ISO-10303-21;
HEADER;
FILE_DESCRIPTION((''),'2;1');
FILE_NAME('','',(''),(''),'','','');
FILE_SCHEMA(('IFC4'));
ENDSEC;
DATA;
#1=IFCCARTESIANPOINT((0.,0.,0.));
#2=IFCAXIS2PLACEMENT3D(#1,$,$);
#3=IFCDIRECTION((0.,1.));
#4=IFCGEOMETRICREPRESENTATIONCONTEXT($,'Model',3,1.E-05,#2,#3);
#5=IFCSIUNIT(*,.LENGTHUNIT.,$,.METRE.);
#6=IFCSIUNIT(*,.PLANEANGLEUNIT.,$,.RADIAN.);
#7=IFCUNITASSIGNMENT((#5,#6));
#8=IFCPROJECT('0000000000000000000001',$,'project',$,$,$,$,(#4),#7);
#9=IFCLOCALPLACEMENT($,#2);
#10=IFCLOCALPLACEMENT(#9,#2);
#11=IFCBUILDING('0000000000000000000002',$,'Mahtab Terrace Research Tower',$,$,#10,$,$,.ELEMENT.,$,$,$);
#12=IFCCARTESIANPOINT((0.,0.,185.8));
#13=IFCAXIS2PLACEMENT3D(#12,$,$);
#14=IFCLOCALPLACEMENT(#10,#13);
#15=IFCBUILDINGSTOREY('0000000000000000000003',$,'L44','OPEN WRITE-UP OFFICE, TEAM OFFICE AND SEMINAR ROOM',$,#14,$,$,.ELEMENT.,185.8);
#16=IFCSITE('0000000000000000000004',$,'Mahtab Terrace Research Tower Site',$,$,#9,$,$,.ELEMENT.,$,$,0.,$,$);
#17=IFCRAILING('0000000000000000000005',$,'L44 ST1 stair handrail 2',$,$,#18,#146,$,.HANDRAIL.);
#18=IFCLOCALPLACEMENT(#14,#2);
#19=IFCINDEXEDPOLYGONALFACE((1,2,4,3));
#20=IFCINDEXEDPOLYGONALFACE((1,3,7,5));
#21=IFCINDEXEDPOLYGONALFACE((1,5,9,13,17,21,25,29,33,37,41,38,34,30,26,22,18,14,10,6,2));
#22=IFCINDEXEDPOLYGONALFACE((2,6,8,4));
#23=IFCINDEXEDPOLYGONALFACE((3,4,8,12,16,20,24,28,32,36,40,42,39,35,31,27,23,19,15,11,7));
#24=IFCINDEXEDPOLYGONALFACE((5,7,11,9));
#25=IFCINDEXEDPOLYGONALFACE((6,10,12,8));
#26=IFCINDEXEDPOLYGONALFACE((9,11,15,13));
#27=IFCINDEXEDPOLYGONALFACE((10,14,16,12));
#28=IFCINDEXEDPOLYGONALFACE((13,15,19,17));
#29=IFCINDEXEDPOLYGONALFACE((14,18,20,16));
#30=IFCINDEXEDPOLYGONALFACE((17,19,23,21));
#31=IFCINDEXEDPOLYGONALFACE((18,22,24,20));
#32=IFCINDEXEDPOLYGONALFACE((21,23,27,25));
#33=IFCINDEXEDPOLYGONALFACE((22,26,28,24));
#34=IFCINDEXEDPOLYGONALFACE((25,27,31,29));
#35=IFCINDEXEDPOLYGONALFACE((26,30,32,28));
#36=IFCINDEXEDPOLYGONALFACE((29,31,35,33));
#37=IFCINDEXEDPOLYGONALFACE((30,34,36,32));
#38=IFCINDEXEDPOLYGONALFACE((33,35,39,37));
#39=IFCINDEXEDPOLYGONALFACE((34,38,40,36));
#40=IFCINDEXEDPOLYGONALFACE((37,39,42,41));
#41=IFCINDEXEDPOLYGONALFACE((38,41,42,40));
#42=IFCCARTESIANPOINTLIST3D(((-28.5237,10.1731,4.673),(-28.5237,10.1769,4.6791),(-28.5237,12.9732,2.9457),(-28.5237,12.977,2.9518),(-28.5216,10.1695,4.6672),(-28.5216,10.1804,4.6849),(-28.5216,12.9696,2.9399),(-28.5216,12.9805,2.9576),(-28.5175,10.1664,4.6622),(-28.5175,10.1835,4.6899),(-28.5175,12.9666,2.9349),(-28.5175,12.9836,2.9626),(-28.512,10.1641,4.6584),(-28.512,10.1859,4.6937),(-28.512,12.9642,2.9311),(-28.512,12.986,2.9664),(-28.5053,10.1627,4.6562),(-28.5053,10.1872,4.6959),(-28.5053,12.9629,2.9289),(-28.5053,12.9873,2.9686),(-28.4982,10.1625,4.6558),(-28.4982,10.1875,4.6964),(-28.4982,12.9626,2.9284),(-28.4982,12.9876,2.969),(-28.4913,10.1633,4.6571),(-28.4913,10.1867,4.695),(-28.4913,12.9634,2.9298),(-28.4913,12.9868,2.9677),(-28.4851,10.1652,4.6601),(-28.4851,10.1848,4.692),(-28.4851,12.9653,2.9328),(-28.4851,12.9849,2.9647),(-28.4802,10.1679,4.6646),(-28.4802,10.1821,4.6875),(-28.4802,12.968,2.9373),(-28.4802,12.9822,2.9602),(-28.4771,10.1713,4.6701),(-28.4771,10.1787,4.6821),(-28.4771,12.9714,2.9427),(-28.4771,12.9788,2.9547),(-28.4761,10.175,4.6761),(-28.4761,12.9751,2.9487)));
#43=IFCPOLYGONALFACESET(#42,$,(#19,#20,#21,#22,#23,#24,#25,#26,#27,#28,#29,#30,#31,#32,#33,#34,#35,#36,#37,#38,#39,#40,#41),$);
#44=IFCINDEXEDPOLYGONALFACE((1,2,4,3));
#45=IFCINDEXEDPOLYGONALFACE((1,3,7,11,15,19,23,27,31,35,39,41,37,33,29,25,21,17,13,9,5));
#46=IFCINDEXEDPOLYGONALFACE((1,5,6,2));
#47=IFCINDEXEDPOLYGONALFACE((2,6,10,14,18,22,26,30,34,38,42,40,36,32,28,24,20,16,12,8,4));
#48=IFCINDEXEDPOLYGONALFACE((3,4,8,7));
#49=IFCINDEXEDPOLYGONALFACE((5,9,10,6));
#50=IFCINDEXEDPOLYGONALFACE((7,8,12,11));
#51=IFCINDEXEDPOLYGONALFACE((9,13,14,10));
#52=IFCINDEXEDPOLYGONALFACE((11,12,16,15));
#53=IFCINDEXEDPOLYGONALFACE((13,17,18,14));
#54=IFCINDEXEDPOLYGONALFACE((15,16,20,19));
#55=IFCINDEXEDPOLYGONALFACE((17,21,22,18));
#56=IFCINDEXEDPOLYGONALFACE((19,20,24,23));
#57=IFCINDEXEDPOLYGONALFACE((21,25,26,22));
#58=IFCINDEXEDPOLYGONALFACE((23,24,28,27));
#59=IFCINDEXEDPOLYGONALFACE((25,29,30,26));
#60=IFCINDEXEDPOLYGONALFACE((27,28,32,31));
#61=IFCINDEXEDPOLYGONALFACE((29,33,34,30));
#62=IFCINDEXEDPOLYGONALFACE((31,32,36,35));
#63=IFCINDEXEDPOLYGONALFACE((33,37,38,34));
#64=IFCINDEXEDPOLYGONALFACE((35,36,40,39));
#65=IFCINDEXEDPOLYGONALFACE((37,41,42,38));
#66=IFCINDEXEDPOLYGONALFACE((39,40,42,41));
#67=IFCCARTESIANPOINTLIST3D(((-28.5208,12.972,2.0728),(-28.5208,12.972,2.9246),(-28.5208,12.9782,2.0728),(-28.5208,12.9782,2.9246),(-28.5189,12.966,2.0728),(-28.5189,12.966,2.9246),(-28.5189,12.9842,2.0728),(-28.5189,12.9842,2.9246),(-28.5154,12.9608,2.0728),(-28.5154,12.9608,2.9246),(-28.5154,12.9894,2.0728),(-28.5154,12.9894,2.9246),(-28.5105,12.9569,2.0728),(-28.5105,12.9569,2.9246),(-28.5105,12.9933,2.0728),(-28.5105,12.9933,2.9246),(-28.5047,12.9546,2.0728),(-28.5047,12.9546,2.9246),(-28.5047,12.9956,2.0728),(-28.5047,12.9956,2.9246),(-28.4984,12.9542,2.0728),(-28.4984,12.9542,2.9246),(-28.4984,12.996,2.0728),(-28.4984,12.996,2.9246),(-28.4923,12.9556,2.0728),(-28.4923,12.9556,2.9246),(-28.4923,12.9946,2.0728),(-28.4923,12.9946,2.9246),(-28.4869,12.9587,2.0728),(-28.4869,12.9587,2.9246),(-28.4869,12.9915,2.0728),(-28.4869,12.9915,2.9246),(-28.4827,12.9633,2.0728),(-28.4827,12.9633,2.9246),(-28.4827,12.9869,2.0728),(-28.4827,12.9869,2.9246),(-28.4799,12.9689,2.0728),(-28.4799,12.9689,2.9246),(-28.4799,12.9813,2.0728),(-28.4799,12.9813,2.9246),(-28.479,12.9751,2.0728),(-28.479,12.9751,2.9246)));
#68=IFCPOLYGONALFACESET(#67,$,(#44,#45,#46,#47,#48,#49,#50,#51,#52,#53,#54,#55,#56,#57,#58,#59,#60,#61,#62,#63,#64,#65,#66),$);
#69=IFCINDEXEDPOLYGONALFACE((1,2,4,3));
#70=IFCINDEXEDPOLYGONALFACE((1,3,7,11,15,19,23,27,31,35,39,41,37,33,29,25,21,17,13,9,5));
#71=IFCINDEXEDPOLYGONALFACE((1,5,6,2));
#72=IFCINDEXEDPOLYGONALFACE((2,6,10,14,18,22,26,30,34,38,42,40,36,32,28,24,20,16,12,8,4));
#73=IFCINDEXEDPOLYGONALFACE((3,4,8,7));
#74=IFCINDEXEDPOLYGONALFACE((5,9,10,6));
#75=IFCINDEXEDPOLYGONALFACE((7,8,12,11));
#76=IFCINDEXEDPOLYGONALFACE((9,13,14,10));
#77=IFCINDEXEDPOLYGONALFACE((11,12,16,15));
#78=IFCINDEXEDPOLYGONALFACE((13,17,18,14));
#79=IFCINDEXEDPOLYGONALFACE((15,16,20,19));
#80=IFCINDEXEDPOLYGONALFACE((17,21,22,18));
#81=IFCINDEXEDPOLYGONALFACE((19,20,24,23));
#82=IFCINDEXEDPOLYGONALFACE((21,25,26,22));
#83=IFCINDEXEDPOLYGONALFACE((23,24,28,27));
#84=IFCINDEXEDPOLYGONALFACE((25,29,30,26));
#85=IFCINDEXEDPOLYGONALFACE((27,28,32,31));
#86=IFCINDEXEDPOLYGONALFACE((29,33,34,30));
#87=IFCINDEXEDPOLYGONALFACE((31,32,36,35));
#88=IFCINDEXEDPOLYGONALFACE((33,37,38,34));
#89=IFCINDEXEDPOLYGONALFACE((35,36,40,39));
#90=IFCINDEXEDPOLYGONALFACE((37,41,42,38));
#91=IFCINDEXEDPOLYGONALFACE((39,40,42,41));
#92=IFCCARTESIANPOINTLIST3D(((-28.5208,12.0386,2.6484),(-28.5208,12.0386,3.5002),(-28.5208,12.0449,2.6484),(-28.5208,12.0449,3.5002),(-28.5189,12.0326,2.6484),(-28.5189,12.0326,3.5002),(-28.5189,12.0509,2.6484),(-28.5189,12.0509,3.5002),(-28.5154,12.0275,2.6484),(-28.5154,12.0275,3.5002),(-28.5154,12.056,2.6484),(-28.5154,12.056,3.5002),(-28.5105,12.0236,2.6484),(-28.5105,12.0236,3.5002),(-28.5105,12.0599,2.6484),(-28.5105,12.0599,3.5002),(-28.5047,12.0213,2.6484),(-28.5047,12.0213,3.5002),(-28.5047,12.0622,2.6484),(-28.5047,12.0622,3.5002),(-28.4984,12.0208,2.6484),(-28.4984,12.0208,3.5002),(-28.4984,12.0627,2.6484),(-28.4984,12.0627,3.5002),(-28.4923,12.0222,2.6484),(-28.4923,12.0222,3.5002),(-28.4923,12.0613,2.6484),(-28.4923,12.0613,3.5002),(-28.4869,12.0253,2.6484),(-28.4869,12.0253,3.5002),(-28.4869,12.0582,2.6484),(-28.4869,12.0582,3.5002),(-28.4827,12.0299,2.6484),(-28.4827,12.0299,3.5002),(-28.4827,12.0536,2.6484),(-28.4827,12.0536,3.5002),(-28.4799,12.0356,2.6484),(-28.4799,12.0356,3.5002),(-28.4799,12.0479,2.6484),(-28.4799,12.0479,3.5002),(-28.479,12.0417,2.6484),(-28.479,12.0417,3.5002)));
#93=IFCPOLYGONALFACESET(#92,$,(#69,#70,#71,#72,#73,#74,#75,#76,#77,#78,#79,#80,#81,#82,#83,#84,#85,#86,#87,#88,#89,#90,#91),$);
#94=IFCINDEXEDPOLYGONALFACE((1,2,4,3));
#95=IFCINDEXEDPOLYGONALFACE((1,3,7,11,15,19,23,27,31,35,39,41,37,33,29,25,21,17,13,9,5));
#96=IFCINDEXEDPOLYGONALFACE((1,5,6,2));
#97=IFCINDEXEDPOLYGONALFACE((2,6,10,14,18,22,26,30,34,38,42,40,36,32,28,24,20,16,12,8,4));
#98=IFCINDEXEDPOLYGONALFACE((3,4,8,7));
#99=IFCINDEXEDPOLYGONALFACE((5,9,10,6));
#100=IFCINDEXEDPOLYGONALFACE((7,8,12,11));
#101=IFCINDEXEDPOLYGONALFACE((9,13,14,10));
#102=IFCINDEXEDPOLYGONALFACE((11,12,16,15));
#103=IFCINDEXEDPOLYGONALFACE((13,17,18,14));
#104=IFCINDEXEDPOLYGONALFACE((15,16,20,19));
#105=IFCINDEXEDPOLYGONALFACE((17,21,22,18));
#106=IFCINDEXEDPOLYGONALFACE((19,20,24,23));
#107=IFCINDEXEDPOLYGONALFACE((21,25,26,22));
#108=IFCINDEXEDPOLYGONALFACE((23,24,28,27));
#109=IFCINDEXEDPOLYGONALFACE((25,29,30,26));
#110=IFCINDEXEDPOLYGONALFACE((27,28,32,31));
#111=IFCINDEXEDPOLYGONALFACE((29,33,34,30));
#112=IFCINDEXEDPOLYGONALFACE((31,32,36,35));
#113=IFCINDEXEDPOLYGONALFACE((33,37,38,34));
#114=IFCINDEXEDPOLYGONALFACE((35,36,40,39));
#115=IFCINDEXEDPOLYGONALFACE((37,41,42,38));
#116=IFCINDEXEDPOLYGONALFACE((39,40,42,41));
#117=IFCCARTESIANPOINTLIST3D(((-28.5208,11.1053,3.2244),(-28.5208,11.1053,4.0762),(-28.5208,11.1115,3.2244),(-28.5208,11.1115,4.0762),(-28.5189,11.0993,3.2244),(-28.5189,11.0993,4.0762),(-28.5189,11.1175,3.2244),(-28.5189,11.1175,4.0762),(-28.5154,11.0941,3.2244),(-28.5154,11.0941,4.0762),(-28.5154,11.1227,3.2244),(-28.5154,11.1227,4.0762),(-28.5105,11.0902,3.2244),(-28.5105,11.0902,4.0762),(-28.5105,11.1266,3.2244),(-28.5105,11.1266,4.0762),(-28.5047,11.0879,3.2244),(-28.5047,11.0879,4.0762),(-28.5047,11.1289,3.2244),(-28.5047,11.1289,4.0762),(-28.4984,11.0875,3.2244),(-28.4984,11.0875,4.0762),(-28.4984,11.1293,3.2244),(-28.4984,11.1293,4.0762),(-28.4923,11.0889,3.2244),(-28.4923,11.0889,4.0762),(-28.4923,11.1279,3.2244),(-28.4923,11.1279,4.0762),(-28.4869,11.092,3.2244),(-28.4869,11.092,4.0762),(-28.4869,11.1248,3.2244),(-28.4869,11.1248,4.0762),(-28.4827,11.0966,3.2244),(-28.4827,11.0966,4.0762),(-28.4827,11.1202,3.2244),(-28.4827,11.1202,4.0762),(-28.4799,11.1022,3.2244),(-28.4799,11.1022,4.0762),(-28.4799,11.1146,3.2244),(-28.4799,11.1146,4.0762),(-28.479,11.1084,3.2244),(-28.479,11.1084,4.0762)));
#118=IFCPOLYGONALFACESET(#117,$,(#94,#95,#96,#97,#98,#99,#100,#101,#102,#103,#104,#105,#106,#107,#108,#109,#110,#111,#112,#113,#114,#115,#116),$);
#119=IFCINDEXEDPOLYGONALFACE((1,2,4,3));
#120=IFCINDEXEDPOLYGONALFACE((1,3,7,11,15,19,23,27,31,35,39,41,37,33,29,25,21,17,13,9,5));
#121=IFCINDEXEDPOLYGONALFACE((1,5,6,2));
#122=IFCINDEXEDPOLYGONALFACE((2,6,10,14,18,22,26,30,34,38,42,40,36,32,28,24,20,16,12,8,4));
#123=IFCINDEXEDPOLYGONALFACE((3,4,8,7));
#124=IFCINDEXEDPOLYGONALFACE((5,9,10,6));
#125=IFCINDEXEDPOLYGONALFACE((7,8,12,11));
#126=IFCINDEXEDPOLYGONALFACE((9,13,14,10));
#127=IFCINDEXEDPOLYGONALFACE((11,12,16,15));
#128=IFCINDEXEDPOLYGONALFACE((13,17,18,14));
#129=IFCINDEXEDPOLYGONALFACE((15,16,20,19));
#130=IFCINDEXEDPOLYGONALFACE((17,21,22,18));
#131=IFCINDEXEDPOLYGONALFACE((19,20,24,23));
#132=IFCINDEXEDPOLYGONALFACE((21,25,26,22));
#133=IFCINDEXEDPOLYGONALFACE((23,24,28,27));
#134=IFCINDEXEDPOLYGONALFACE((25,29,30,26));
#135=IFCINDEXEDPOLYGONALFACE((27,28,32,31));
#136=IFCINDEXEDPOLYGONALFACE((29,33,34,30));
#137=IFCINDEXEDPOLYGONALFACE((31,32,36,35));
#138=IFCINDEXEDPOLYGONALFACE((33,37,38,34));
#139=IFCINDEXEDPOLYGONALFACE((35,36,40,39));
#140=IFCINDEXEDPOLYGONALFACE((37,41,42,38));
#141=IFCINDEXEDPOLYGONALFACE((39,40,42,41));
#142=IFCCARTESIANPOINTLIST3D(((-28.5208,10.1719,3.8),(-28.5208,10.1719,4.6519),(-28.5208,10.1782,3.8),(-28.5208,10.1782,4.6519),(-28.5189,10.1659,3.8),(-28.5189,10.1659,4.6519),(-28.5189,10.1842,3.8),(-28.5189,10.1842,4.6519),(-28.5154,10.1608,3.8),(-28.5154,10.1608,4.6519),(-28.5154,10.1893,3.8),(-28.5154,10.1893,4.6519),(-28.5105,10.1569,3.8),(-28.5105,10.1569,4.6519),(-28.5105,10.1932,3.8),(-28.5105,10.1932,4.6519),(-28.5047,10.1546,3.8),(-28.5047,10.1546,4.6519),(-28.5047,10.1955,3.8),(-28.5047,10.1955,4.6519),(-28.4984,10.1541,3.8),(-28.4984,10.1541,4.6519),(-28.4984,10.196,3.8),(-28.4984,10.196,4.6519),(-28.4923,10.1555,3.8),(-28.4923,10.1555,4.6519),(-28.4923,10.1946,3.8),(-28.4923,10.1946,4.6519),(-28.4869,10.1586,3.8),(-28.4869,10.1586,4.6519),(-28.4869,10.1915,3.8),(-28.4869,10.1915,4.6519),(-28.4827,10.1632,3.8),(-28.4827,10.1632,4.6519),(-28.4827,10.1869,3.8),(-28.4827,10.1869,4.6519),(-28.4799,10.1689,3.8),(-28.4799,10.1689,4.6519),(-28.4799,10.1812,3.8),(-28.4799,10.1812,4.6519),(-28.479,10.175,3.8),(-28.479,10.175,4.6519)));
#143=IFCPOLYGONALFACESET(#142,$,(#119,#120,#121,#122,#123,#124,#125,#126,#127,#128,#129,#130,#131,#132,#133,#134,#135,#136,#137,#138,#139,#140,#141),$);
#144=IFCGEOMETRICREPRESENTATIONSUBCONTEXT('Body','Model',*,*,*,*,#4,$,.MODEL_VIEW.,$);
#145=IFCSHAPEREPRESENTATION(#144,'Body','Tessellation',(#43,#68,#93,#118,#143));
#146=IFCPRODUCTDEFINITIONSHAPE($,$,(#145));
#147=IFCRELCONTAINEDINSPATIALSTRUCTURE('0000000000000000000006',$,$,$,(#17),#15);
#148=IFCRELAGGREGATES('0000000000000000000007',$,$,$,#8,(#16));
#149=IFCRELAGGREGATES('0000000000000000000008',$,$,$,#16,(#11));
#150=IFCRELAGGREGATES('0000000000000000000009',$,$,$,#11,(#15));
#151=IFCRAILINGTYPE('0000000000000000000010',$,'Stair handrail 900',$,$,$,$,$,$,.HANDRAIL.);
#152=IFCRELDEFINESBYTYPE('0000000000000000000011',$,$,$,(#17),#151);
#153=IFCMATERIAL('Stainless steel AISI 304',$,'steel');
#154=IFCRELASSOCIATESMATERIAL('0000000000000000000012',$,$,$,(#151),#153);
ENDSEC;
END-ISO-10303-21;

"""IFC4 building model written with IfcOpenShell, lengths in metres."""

from ifc_helpers import new_model, si_unit, direction, frame, origin, origin_2d, place, context, subcontext, project, spatial, circle, extrude, material, type_object, element, save


model = new_model("IFC4")

# Units and contexts
model_context = context("Model", 3, precision=1e-05, world=origin(), true_north=direction((0.0, 1.0)))
body_context = subcontext(model_context, "Body", "Model", "MODEL_VIEW")
ifc_project = project(units=[si_unit("LENGTHUNIT", "METRE"), si_unit("PLANEANGLEUNIT", "RADIAN")], contexts=[model_context])

# Site, building, storey
site_placement = place(None, origin())
site = spatial("IfcSite", under=ifc_project, at=site_placement, Name="Mahtab Terrace Research Tower Site", CompositionType="ELEMENT", RefElevation=0.0)
building_placement = place(site_placement, origin())
building = spatial("IfcBuilding", under=site, at=building_placement, Name="Mahtab Terrace Research Tower", CompositionType="ELEMENT")
storey_placement = place(building_placement, frame((0.0, 0.0, 185.8)))
storey = spatial("IfcBuildingStorey", under=building, at=storey_placement, Name="L44", Description="OPEN WRITE-UP OFFICE, TEAM OFFICE AND SEMINAR ROOM", CompositionType="ELEMENT", Elevation=185.8)

# Railing
ifc_material_1 = material(Name="Stainless steel AISI 304", Category="steel")
railing_type_1 = type_object("IfcRailingType", Name="Stair handrail 900", PredefinedType="HANDRAIL", material=ifc_material_1)
railing_1_placement = place(storey_placement, frame((-28.5, 12.9751, 2.0728)))
element("IfcRailing", 1, at=railing_1_placement, inside=storey, type_object=railing_type_1, Name="L44 ST1 stair handrail 2", PredefinedType="HANDRAIL", context=body_context, shape_type="SweptSolid", body=[
    extrude(circle(Radius=0.0239, at=origin_2d()), frame((0.0, 0.0, 0.876), z_axis=(0.0, -0.85109, 0.52502), x_axis=(1.0, 0.0, 0.0)), (0.0, 0.0, 1.0), 3.29),
    extrude(circle(Radius=0.021, at=origin_2d()), origin(), (0.0, 0.0, 1.0), 0.8518),
    extrude(circle(Radius=0.021, at=origin_2d()), frame((0.0, -0.9333, 0.5757)), (0.0, 0.0, 1.0), 0.8518),
    extrude(circle(Radius=0.021, at=origin_2d()), frame((0.0, -1.8667, 1.1516)), (0.0, 0.0, 1.0), 0.8518),
    extrude(circle(Radius=0.021, at=origin_2d()), frame((0.0, -2.8, 1.7273)), (0.0, 0.0, 1.0), 0.8518),
])

save(model, "model.ifc")
